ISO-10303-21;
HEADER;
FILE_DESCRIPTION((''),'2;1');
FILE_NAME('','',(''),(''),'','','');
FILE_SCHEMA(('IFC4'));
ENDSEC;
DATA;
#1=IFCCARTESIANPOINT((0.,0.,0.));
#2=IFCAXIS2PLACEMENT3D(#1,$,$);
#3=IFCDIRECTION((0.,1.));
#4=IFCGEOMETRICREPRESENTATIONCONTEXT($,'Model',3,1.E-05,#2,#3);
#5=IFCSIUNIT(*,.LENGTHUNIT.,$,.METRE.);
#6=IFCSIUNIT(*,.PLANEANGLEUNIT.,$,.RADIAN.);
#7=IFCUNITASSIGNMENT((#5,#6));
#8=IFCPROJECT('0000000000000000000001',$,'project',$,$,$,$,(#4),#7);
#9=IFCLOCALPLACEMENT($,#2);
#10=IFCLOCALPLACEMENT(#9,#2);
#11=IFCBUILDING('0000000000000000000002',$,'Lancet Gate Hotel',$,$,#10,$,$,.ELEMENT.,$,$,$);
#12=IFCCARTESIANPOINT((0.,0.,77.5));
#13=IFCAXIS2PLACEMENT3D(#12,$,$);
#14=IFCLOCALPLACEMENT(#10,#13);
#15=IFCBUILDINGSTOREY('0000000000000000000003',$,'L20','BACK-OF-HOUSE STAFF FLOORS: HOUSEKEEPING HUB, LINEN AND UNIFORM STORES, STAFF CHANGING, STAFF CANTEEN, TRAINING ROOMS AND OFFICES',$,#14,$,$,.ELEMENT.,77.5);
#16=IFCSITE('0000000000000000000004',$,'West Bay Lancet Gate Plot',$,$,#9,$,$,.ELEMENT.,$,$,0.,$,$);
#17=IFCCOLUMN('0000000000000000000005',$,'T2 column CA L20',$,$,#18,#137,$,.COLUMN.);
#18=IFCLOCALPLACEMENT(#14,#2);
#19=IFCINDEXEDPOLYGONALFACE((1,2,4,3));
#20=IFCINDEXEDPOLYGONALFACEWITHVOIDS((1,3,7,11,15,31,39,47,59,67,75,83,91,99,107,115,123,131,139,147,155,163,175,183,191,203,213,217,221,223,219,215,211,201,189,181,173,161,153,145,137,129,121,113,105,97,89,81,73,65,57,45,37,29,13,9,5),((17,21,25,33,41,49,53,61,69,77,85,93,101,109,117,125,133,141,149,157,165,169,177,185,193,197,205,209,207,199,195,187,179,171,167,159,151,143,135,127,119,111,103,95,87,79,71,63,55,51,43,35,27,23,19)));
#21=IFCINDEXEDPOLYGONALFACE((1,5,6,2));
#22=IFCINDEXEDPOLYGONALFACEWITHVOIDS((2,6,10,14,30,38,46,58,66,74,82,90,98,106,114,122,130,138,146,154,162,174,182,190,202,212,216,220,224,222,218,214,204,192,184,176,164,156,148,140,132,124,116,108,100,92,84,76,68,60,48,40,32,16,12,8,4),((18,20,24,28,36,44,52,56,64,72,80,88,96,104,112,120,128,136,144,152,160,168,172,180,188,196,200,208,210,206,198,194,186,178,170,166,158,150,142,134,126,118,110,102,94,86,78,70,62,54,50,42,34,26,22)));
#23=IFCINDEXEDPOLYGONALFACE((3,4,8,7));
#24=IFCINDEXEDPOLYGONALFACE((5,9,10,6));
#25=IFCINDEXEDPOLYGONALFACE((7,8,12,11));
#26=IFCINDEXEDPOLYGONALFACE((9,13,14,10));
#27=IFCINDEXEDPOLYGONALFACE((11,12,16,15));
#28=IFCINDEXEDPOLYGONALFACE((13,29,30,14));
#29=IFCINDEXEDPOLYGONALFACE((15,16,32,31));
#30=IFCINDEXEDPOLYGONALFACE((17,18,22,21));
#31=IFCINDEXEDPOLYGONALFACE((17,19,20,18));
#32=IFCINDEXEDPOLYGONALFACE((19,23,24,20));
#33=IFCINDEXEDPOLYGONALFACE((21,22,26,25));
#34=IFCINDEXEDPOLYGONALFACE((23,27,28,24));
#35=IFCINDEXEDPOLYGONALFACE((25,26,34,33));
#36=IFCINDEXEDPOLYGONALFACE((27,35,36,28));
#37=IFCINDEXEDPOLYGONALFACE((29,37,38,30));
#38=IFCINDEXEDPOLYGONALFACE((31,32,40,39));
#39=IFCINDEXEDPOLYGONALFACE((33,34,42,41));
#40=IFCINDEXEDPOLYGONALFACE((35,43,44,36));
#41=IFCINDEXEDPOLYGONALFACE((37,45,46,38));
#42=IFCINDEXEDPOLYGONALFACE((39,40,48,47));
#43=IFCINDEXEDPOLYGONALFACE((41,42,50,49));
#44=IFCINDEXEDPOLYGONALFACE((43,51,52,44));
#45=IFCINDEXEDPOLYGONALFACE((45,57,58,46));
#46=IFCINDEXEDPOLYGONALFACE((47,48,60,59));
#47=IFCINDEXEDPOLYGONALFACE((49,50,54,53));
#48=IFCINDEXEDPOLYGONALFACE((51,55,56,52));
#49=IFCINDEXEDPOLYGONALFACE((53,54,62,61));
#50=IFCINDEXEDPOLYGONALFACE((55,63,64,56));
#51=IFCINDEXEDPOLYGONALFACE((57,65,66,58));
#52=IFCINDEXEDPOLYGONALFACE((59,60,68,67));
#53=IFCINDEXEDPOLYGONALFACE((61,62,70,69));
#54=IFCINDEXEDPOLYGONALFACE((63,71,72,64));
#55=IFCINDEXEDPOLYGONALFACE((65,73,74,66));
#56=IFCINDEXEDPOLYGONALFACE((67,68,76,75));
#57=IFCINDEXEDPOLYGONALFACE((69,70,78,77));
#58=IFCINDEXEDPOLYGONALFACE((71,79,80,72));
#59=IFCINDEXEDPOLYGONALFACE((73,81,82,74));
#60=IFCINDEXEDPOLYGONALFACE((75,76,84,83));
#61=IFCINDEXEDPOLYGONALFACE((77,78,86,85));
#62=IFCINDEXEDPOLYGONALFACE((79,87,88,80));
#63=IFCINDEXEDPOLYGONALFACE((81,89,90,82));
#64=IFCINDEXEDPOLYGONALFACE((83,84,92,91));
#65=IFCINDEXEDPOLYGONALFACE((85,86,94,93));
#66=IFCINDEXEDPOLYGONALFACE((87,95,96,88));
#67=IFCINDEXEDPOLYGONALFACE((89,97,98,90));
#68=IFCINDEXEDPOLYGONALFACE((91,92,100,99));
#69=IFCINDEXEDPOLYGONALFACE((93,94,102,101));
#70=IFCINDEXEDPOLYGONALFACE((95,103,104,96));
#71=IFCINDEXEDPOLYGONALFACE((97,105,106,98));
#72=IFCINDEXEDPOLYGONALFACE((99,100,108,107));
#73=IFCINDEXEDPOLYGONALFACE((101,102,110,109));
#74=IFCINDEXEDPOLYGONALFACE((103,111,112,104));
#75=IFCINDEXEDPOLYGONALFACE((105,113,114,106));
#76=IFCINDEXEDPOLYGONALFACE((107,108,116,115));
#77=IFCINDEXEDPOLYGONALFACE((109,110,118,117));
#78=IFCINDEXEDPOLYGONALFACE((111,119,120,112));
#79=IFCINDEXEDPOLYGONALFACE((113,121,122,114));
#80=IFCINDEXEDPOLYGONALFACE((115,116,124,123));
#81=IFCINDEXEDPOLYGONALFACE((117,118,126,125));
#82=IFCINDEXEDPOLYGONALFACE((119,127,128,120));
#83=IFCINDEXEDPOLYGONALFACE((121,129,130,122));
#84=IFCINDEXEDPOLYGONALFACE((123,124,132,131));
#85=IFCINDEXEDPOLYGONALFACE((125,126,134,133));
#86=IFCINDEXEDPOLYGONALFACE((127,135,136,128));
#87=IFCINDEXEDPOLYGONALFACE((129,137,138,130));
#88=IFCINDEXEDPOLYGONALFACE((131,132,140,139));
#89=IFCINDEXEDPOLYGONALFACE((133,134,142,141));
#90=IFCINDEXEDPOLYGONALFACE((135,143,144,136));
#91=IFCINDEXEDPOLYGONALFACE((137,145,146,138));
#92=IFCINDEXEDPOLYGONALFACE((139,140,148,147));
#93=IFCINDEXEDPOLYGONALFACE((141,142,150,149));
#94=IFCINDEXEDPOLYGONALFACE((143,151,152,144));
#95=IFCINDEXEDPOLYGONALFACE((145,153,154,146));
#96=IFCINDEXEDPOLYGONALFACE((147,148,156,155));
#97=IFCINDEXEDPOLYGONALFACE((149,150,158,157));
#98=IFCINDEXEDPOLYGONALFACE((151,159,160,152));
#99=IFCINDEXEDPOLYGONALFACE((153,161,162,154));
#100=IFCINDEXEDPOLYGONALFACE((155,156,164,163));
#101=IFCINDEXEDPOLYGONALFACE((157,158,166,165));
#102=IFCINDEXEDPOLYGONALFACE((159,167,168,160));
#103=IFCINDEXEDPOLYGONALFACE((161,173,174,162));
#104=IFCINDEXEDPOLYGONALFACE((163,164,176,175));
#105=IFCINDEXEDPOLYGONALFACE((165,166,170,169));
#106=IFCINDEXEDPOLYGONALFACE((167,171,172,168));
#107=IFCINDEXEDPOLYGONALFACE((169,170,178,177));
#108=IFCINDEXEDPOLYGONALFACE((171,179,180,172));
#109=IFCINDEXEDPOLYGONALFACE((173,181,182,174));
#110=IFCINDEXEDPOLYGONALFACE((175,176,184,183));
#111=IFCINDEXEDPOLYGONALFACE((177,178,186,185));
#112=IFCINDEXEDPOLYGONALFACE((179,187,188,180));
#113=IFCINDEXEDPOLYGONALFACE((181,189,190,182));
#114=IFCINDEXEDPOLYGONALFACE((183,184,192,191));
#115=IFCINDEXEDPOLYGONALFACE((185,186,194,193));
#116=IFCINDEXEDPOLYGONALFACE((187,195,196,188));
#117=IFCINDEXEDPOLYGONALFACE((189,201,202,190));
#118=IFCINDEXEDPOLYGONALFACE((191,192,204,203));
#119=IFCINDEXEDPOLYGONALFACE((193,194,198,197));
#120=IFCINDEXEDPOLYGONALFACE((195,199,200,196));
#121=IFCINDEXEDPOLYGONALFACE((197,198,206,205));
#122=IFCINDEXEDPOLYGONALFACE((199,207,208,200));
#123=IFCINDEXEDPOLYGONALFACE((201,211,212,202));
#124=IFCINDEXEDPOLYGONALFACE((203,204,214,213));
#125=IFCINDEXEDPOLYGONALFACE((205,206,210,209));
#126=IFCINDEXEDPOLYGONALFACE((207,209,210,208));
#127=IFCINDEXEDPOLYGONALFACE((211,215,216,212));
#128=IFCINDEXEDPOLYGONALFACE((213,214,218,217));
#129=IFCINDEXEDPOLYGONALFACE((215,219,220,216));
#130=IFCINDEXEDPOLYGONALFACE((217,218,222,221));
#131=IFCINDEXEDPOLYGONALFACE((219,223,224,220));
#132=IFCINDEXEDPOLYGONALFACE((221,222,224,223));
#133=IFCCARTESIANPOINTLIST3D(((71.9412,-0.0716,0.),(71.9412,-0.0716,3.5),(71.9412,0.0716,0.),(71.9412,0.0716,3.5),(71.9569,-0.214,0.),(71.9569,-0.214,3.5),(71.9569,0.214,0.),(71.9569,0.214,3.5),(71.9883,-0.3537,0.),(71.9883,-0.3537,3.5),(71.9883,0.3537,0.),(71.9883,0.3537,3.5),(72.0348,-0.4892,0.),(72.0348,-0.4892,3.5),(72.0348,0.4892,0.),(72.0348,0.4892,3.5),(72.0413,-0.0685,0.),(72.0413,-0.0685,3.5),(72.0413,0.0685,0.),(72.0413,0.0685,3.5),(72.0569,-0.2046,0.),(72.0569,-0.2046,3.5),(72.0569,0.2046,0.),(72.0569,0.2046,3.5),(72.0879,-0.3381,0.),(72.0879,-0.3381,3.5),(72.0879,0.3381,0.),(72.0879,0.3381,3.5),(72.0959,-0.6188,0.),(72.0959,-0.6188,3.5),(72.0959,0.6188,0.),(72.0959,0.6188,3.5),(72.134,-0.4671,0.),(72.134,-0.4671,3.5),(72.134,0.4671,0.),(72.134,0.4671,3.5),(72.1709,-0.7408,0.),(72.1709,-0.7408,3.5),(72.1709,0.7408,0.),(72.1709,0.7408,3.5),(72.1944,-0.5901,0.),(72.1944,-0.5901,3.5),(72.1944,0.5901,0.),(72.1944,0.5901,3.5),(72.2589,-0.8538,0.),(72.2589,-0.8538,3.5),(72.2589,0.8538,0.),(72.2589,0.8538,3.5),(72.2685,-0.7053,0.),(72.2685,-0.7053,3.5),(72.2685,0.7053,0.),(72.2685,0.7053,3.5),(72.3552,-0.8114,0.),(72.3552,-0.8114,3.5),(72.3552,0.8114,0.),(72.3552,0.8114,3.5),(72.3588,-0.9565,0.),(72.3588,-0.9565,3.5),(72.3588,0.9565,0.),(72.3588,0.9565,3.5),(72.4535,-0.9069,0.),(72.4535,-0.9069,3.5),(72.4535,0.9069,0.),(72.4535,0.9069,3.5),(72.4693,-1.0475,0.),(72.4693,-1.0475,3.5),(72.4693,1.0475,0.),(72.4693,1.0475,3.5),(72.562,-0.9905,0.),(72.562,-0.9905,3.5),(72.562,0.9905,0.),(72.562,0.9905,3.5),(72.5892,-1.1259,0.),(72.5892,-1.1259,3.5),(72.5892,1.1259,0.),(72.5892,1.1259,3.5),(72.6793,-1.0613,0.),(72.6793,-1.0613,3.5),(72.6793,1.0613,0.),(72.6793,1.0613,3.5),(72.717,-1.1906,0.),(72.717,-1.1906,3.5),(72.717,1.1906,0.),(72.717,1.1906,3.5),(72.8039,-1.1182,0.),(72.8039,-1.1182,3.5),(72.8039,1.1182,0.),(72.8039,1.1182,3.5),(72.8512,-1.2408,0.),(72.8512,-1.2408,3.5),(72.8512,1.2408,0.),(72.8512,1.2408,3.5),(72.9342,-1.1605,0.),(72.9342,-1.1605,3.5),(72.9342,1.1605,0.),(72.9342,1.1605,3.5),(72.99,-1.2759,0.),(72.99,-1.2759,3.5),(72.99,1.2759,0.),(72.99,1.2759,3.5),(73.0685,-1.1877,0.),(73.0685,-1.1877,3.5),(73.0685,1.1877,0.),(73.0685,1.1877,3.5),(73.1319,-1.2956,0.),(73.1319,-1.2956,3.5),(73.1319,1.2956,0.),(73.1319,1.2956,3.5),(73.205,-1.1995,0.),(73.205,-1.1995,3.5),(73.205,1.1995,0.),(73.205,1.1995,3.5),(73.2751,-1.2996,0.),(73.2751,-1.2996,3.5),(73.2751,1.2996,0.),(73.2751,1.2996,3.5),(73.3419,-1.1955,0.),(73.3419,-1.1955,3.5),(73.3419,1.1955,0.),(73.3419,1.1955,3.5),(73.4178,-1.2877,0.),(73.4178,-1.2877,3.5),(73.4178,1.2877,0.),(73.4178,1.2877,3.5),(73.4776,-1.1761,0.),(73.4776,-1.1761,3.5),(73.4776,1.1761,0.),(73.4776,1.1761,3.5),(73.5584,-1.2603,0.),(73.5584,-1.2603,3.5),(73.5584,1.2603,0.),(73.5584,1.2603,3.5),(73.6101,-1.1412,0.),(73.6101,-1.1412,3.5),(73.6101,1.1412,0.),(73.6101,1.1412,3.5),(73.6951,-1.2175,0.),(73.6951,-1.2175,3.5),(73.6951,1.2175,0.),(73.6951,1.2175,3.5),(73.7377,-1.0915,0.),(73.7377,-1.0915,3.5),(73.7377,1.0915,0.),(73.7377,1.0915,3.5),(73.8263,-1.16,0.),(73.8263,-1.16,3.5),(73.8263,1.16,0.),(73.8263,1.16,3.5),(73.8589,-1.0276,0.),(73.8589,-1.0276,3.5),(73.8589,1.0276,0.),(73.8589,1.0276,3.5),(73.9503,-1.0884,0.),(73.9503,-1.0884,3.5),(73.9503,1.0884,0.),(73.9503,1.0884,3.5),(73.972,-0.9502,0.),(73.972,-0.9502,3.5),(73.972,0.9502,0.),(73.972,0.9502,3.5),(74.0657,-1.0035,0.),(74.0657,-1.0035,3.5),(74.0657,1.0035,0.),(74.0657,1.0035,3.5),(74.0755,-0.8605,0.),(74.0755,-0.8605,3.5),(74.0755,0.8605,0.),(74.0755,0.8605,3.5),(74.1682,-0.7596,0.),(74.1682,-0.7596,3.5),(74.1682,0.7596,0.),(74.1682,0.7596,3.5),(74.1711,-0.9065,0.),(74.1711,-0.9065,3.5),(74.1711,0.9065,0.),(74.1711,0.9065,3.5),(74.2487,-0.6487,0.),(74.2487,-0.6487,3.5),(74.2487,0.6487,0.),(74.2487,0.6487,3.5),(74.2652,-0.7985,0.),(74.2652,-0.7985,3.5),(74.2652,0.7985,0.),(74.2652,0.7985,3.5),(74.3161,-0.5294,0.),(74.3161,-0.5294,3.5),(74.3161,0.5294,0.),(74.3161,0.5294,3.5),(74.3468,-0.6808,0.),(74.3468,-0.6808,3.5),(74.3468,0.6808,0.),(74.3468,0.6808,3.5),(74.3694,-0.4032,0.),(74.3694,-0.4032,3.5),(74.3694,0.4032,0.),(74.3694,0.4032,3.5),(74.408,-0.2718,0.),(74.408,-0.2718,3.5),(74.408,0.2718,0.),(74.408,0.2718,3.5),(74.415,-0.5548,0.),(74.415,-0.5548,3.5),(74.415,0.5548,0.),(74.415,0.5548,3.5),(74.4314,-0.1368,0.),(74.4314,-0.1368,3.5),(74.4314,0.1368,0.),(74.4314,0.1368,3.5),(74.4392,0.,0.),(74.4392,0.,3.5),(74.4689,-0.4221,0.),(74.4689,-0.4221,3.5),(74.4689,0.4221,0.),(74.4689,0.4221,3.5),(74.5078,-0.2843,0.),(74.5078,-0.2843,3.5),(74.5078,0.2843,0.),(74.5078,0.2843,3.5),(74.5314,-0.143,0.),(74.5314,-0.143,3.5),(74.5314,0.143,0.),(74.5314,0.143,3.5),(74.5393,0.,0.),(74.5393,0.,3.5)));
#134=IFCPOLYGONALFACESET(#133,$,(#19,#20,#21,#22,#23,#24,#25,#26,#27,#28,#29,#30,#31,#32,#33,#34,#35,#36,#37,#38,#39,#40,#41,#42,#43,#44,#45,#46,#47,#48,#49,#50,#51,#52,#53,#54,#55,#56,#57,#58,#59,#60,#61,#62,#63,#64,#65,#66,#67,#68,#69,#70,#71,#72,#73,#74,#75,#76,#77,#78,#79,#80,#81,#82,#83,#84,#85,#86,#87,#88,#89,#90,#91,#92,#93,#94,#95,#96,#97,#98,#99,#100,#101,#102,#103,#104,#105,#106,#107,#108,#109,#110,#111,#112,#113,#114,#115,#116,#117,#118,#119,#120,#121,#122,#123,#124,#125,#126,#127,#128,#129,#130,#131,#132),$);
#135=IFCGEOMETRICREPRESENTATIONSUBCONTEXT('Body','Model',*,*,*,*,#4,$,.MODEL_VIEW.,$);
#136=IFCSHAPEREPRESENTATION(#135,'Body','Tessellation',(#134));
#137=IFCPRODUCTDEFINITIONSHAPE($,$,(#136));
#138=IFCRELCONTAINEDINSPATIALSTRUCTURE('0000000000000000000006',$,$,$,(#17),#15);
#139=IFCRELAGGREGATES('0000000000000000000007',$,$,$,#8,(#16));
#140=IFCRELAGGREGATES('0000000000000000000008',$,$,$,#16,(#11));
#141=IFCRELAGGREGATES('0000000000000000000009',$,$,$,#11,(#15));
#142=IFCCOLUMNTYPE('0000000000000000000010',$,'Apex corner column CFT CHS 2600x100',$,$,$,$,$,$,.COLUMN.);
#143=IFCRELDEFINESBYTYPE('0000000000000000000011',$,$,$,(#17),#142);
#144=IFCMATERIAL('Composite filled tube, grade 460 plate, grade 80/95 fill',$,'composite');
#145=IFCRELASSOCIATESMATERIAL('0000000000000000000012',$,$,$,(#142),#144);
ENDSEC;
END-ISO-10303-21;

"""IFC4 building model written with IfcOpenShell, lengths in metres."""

from ifc_helpers import new_model, si_unit, direction, frame, origin, origin_2d, place, context, subcontext, project, spatial, hollow_circle, extrude, material, material_profile, profile_set, type_object, element, save


model = new_model("IFC4")

# Units and contexts
model_context = context("Model", 3, precision=1e-05, world=origin(), true_north=direction((0.0, 1.0)))
body_context = subcontext(model_context, "Body", "Model", "MODEL_VIEW")
ifc_project = project(units=[si_unit("LENGTHUNIT", "METRE"), si_unit("PLANEANGLEUNIT", "RADIAN")], contexts=[model_context])

# Site, building, storey
site_placement = place(None, origin())
site = spatial("IfcSite", under=ifc_project, at=site_placement, Name="West Bay Lancet Gate Plot", CompositionType="ELEMENT", RefElevation=0.0)
building_placement = place(site_placement, origin())
building = spatial("IfcBuilding", under=site, at=building_placement, Name="Lancet Gate Hotel", CompositionType="ELEMENT")
storey_placement = place(building_placement, frame((0.0, 0.0, 77.5)))
storey = spatial("IfcBuildingStorey", under=building, at=storey_placement, Name="L20", Description="BACK-OF-HOUSE STAFF FLOORS: HOUSEKEEPING HUB, LINEN AND UNIFORM STORES, STAFF CHANGING, STAFF CANTEEN, TRAINING ROOMS AND OFFICES", CompositionType="ELEMENT", Elevation=77.5)

# Column
ifc_material_1 = material(Name="Composite filled tube, grade 460 plate, grade 80/95 fill", Category="composite")
ifc_material_profile_1 = material_profile(ifc_material_1, hollow_circle(Radius=1.3, WallThickness=0.1001, at=origin_2d()), Name="CHS 2600x100")
ifc_profile_set_1 = profile_set([ifc_material_profile_1], Name="Composite filled tube, grade 460 plate, grade 80/95 fill")
column_type_1 = type_object("IfcColumnType", Name="Apex corner column CFT CHS 2600x100", PredefinedType="COLUMN", material=ifc_profile_set_1)
column_1_placement = place(storey_placement, frame((73.2393, 0.0, 0.0), z_axis=(0.0, 0.0, 1.0), x_axis=(1.0, 0.0, 0.0)))
element("IfcColumn", 1, at=column_1_placement, inside=storey, type_object=column_type_1, Name="T2 column CA L20", PredefinedType="COLUMN", context=body_context, shape_type="SweptSolid", body=[
    extrude(hollow_circle(Radius=1.3, WallThickness=0.1001, at=origin_2d()), origin(), (0.0, 0.0, 1.0), 3.5),
])

save(model, "model.ifc")
